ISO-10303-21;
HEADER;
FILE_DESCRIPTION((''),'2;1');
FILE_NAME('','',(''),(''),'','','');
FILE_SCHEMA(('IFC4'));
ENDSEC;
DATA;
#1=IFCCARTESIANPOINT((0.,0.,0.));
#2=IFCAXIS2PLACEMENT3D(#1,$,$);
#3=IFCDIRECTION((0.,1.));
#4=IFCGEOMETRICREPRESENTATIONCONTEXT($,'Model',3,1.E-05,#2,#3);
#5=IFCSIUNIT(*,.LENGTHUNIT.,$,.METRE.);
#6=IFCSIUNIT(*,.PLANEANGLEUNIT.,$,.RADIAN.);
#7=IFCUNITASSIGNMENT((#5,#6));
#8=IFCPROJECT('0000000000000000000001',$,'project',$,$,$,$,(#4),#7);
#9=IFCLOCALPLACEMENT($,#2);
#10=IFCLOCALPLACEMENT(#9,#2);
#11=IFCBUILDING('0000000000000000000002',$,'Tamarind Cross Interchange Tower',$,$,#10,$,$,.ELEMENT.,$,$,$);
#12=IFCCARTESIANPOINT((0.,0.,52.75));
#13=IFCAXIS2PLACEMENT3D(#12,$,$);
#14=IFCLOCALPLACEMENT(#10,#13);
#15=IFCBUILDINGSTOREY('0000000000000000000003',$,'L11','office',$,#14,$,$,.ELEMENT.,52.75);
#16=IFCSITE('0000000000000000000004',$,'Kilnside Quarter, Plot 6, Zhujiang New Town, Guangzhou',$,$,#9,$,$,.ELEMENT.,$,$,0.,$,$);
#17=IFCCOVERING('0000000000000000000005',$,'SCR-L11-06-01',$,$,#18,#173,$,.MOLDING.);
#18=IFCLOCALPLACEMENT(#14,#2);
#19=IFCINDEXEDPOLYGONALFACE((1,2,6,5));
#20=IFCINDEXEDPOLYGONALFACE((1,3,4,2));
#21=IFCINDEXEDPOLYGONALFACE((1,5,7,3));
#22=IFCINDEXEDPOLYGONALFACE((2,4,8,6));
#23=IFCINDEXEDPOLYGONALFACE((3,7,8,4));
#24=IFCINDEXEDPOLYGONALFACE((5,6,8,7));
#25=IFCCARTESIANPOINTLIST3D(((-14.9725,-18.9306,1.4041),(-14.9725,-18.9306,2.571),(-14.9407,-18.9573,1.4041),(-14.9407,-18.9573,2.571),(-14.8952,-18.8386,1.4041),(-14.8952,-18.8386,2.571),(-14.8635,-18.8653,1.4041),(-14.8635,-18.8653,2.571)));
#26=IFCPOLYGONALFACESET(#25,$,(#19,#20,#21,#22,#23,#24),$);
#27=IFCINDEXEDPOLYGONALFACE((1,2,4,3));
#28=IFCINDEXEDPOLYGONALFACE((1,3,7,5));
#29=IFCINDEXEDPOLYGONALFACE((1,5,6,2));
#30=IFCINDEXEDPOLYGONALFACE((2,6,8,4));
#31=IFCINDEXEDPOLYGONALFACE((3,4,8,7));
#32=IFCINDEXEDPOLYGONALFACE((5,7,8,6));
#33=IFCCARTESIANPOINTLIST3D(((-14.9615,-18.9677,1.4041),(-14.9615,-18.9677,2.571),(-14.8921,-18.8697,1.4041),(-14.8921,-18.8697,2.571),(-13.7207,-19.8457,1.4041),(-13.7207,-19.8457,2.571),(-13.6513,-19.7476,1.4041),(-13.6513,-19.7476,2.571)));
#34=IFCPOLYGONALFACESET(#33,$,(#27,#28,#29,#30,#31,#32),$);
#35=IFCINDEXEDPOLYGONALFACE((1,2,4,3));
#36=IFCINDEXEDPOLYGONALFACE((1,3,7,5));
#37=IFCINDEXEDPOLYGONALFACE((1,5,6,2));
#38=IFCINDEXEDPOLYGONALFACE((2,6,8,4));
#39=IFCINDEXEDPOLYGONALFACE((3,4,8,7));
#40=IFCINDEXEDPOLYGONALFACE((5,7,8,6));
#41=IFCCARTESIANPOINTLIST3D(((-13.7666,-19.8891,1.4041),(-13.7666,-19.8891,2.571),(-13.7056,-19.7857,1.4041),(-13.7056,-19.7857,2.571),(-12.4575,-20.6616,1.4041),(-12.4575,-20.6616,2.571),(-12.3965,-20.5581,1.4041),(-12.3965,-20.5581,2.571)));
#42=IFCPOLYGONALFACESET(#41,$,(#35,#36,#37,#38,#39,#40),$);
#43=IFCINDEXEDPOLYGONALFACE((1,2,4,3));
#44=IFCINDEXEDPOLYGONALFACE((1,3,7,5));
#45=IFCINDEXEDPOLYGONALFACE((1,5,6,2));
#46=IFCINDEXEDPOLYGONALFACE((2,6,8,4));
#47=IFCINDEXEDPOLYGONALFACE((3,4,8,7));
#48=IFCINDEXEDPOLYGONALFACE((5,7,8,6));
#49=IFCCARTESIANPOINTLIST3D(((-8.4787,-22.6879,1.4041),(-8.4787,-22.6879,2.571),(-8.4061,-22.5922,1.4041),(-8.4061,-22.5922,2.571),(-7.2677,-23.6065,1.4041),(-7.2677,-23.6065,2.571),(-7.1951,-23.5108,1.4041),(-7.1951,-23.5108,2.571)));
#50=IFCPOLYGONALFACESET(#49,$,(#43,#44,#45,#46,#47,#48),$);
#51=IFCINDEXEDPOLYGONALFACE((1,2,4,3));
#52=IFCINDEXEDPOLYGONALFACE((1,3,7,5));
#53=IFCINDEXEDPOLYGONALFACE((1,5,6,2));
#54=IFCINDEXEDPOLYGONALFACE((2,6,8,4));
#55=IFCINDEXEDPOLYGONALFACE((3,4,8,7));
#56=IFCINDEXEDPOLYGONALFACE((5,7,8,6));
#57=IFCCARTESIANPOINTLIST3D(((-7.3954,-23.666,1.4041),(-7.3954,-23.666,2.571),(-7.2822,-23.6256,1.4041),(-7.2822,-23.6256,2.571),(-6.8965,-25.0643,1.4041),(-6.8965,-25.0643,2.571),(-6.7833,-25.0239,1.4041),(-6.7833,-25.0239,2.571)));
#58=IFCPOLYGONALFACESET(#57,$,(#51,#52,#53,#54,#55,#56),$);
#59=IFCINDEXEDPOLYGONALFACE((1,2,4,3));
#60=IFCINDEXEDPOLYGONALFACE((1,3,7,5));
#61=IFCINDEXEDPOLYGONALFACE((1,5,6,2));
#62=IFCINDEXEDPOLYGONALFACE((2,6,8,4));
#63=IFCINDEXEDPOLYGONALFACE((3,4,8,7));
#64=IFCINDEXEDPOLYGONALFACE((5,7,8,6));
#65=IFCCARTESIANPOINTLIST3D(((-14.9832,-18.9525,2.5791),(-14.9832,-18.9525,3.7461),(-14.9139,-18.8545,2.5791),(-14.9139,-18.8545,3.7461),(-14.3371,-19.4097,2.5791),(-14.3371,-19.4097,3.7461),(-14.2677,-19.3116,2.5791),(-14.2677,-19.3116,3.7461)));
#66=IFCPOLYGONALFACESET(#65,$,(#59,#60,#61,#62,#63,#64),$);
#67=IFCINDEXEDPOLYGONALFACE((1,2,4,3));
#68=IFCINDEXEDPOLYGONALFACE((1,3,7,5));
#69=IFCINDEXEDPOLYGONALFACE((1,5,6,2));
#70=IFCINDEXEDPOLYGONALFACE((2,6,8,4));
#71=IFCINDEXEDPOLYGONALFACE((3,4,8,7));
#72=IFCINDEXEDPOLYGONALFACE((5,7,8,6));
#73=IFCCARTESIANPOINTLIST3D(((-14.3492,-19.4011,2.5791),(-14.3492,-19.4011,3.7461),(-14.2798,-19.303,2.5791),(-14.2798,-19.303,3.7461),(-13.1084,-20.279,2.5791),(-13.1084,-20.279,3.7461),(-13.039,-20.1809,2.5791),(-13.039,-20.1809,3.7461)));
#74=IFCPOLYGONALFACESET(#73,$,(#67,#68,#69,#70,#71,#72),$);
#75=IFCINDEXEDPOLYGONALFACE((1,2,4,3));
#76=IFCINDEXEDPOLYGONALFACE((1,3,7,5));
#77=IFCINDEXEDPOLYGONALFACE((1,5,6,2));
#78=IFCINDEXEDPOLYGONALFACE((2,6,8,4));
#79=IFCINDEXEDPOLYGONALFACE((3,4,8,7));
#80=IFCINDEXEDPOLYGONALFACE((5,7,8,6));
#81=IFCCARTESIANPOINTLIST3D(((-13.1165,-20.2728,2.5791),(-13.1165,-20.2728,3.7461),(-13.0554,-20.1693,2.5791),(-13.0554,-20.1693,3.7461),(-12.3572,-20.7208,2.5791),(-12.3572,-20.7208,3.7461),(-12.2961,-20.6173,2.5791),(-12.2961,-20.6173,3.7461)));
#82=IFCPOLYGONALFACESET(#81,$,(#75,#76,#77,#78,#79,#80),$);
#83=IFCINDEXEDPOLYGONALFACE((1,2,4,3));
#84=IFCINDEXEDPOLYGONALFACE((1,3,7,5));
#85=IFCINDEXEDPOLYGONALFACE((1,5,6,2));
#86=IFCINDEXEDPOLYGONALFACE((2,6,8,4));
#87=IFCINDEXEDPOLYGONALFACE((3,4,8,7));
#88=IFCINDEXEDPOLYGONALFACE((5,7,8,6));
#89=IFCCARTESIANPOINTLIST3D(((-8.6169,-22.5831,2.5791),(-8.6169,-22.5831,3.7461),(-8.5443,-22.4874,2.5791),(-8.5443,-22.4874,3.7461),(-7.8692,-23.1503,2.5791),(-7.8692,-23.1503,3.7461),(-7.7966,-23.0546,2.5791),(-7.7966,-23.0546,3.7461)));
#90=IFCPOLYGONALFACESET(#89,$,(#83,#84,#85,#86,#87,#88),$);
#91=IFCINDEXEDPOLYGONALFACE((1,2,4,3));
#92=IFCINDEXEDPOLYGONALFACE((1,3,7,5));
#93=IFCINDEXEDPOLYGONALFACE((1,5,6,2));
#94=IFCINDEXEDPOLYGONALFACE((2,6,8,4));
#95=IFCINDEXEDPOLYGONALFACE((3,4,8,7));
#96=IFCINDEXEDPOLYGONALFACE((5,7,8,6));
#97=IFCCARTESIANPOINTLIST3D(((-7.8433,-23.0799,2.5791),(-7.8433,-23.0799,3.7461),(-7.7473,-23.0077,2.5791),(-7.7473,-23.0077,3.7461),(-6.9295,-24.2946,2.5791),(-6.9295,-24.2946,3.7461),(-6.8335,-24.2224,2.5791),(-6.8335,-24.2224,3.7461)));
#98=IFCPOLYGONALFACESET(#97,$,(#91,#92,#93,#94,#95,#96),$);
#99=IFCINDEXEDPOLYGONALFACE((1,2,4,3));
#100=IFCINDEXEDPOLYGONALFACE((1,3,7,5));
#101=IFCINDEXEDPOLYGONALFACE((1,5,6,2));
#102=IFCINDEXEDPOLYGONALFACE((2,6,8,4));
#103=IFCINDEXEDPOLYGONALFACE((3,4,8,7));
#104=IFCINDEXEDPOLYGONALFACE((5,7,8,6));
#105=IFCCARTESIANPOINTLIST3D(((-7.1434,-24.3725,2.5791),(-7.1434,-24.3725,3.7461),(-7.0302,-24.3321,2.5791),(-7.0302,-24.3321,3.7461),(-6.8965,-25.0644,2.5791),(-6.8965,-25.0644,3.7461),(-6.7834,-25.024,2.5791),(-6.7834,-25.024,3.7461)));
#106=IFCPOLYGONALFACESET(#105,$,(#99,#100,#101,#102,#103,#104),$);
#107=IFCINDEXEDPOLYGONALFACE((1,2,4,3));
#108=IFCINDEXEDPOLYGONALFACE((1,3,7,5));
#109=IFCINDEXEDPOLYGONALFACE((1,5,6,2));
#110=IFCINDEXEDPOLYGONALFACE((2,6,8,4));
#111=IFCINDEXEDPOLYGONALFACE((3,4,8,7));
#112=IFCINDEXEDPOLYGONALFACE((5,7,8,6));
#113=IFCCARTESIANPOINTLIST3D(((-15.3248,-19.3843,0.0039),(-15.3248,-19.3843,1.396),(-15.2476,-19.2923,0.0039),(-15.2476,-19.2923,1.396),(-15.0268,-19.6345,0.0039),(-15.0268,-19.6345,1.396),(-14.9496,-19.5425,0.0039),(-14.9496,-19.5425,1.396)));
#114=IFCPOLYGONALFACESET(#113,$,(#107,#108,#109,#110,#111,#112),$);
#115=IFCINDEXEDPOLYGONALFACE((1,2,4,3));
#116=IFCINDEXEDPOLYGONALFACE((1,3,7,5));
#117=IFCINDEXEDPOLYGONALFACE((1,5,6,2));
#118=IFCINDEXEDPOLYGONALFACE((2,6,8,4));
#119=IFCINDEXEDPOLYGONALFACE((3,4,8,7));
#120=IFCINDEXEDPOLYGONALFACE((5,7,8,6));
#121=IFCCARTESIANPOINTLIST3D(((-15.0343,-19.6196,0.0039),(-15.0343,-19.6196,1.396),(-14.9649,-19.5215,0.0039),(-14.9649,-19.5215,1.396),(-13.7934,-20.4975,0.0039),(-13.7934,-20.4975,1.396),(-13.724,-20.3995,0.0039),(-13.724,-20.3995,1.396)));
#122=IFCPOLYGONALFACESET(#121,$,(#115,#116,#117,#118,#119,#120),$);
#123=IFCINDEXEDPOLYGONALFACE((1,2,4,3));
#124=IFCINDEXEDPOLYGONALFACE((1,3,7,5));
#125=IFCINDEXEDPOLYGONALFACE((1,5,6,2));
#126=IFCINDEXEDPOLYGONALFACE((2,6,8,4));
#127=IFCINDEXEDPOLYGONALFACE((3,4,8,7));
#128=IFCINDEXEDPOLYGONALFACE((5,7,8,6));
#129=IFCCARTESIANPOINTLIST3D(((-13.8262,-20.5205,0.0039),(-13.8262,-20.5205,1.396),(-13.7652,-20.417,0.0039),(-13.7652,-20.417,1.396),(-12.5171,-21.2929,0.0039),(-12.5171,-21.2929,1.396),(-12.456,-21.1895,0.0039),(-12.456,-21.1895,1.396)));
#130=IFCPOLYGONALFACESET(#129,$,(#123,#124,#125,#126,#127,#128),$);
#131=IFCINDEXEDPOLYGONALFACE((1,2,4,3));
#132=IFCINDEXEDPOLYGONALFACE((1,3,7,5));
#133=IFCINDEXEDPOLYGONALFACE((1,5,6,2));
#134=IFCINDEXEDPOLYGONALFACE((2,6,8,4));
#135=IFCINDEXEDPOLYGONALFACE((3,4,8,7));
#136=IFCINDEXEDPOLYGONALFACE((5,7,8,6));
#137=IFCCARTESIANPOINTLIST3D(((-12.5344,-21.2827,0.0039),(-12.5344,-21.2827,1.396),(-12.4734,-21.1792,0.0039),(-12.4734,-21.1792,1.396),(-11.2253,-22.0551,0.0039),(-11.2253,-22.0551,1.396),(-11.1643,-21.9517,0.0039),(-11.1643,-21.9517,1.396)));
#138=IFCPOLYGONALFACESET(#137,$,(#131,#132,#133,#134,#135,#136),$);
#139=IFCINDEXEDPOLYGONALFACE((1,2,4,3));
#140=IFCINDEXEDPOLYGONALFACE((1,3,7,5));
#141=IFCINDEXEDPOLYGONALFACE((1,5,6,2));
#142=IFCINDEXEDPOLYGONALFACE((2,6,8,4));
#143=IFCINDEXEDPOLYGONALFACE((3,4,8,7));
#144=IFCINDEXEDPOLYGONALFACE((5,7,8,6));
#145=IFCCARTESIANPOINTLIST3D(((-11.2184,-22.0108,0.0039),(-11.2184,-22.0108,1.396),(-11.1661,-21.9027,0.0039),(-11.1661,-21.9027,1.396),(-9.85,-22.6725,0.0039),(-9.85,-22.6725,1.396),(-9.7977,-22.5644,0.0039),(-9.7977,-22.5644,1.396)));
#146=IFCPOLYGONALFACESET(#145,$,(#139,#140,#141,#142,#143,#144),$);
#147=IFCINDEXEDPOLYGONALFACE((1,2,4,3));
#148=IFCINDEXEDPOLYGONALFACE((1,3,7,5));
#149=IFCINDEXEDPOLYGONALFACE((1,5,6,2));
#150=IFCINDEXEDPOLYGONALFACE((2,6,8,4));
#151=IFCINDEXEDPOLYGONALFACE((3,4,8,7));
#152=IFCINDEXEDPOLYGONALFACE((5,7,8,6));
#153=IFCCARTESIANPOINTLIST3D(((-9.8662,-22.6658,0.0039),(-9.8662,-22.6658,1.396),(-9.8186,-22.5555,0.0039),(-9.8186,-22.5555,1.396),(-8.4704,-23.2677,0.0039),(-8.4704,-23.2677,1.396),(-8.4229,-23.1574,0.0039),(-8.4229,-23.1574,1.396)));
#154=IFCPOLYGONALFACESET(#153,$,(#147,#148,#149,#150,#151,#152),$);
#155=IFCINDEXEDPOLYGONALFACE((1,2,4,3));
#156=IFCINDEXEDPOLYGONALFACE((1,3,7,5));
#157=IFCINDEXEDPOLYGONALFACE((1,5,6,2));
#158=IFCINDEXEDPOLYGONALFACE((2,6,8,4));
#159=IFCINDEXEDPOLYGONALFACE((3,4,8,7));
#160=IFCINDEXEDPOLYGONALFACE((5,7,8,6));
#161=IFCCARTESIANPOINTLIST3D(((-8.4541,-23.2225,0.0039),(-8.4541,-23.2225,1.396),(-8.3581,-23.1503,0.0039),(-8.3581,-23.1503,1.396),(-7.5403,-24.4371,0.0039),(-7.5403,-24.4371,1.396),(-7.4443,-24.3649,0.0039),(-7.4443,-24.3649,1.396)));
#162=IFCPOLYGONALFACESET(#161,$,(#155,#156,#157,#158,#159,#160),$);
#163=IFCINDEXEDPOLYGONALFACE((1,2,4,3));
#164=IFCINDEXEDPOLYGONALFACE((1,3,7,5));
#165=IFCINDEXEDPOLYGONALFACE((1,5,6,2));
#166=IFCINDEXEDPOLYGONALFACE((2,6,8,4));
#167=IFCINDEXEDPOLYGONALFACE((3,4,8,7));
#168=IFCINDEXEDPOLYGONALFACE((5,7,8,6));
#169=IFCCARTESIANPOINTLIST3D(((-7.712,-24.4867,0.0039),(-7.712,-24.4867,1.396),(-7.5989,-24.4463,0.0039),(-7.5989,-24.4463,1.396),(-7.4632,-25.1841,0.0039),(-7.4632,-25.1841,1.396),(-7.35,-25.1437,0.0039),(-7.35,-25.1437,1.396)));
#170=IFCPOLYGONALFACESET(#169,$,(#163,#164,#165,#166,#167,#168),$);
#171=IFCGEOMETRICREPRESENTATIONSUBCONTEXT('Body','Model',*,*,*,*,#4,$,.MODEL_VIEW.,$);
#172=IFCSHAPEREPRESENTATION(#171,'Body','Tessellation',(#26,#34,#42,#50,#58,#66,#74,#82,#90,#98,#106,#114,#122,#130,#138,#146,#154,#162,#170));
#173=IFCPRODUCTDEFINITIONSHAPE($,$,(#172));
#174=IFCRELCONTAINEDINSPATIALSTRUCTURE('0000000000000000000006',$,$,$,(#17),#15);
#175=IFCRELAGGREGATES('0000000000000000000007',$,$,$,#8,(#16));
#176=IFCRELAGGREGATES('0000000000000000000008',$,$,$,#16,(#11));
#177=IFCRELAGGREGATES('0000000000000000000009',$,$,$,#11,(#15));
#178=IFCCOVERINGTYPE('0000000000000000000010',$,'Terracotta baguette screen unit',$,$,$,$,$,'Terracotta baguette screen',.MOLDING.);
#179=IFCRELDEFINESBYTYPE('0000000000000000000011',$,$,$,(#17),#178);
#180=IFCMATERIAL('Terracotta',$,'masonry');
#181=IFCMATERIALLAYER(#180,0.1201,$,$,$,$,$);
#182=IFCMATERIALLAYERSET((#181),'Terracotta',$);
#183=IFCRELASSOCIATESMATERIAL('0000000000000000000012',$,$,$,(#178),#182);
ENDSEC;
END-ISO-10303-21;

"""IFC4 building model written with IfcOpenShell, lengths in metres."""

from ifc_helpers import new_model, si_unit, direction, frame, origin, origin_2d, place, context, subcontext, project, spatial, rectangle, extrude, material, layer, layer_set, type_object, element, save


model = new_model("IFC4")

# Units and contexts
model_context = context("Model", 3, precision=1e-05, world=origin(), true_north=direction((0.0, 1.0)))
body_context = subcontext(model_context, "Body", "Model", "MODEL_VIEW")
ifc_project = project(units=[si_unit("LENGTHUNIT", "METRE"), si_unit("PLANEANGLEUNIT", "RADIAN")], contexts=[model_context])

# Site, building, storey
site_placement = place(None, origin())
site = spatial("IfcSite", under=ifc_project, at=site_placement, Name="Kilnside Quarter, Plot 6, Zhujiang New Town, Guangzhou", CompositionType="ELEMENT", RefElevation=0.0)
building_placement = place(site_placement, origin())
building = spatial("IfcBuilding", under=site, at=building_placement, Name="Tamarind Cross Interchange Tower", CompositionType="ELEMENT")
storey_placement = place(building_placement, frame((0.0, 0.0, 52.75)))
storey = spatial("IfcBuildingStorey", under=building, at=storey_placement, Name="L11", Description="office", CompositionType="ELEMENT", Elevation=52.75)

# Covering
ifc_material_1 = material(Name="Terracotta", Category="masonry")
ifc_layer_1 = layer(ifc_material_1, 0.1201)
ifc_layer_set_1 = layer_set([ifc_layer_1], Name="Terracotta")
covering_type = type_object("IfcCoveringType", Name="Terracotta baguette screen unit", ElementType="Terracotta baguette screen", PredefinedType="MOLDING", material=ifc_layer_set_1)
covering_1_placement = place(storey_placement, origin())
element("IfcCovering", 1, at=covering_1_placement, inside=storey, type_object=covering_type, Name="SCR-L11-06-01", PredefinedType="MOLDING", context=body_context, shape_type="SweptSolid", body=[
    extrude(rectangle(XDim=0.0415, YDim=0.1201, at=origin_2d()), frame((-14.918, -18.8979, 1.4041), z_axis=(0.0, 0.0, 1.0), x_axis=(0.765858, -0.643009, 0.0)), (0.0, 0.0, 1.0), 1.167),
    extrude(rectangle(XDim=1.52, YDim=0.1201, at=origin_2d()), frame((-14.3064, -19.3577, 1.4041), z_axis=(0.0, 0.0, 1.0), x_axis=(0.816342, -0.577569, 0.0)), (0.0, 0.0, 1.0), 1.167),
    extrude(rectangle(XDim=1.52, YDim=0.1201, at=origin_2d()), frame((-13.0815, -20.2236, 1.4041), z_axis=(0.0, 0.0, 1.0), x_axis=(0.861249, -0.508183, 0.0)), (0.0, 0.0, 1.0), 1.167),
    extrude(rectangle(XDim=1.52, YDim=0.1201, at=origin_2d()), frame((-7.8369, -23.0994, 1.4041), z_axis=(0.0, 0.0, 1.0), x_axis=(0.796732, -0.604333, 0.0)), (0.0, 0.0, 1.0), 1.167),
    extrude(rectangle(XDim=1.4846, YDim=0.1201, at=origin_2d()), frame((-7.0894, -24.345, 1.4041), z_axis=(0.0, 0.0, 1.0), x_axis=(0.336051, -0.941844, 0.0)), (0.0, 0.0, 1.0), 1.167),
    extrude(rectangle(XDim=0.7915, YDim=0.1201, at=origin_2d()), frame((-14.6255, -19.1321, 2.5791), z_axis=(0.0, 0.0, 1.0), x_axis=(0.816342, -0.577569, 0.0)), (0.0, 0.0, 1.0), 1.167),
    extrude(rectangle(XDim=1.52, YDim=0.1201, at=origin_2d()), frame((-13.6941, -19.791, 2.5791), z_axis=(0.0, 0.0, 1.0), x_axis=(0.816342, -0.577569, 0.0)), (0.0, 0.0, 1.0), 1.167),
    extrude(rectangle(XDim=0.8816, YDim=0.1201, at=origin_2d()), frame((-12.7063, -20.4451, 2.5791), z_axis=(0.0, 0.0, 1.0), x_axis=(0.861249, -0.508183, 0.0)), (0.0, 0.0, 1.0), 1.167),
    extrude(rectangle(XDim=0.9385, YDim=0.1201, at=origin_2d()), frame((-8.2068, -22.8188, 2.5791), z_axis=(0.0, 0.0, 1.0), x_axis=(0.796732, -0.604333, 0.0)), (0.0, 0.0, 1.0), 1.167),
    extrude(rectangle(XDim=1.52, YDim=0.1201, at=origin_2d()), frame((-7.3384, -23.6511, 2.5791), z_axis=(0.0, 0.0, 1.0), x_axis=(0.601175, -0.799117, 0.0)), (0.0, 0.0, 1.0), 1.167),
    extrude(rectangle(XDim=0.7346, YDim=0.1201, at=origin_2d()), frame((-6.9634, -24.6982, 2.5791), z_axis=(0.0, 0.0, 1.0), x_axis=(0.336051, -0.941844, 0.0)), (0.0, 0.0, 1.0), 1.167),
    extrude(rectangle(XDim=0.3892, YDim=0.1201, at=origin_2d()), frame((-15.1372, -19.4634, 0.0039), z_axis=(0.0, 0.0, 1.0), x_axis=(0.765858, -0.643009, 0.0)), (0.0, 0.0, 1.0), 1.3921),
    extrude(rectangle(XDim=1.52, YDim=0.1201, at=origin_2d()), frame((-14.3792, -20.0095, 0.0039), z_axis=(0.0, 0.0, 1.0), x_axis=(0.816342, -0.577569, 0.0)), (0.0, 0.0, 1.0), 1.3921),
    extrude(rectangle(XDim=1.52, YDim=0.1201, at=origin_2d()), frame((-13.1411, -20.855, 0.0039), z_axis=(0.0, 0.0, 1.0), x_axis=(0.861249, -0.508183, 0.0)), (0.0, 0.0, 1.0), 1.3921),
    extrude(rectangle(XDim=1.52, YDim=0.1201, at=origin_2d()), frame((-11.8494, -21.6172, 0.0039), z_axis=(0.0, 0.0, 1.0), x_axis=(0.861249, -0.508183, 0.0)), (0.0, 0.0, 1.0), 1.3921),
    extrude(rectangle(XDim=1.52, YDim=0.1201, at=origin_2d()), frame((-10.5081, -22.2876, 0.0039), z_axis=(0.0, 0.0, 1.0), x_axis=(0.900273, -0.435326, 0.0)), (0.0, 0.0, 1.0), 1.3921),
    extrude(rectangle(XDim=1.52, YDim=0.1201, at=origin_2d()), frame((-9.1445, -22.9116, 0.0039), z_axis=(0.0, 0.0, 1.0), x_axis=(0.918264, -0.395969, 0.0)), (0.0, 0.0, 1.0), 1.3921),
    extrude(rectangle(XDim=1.52, YDim=0.1201, at=origin_2d()), frame((-7.9492, -23.7937, 0.0039), z_axis=(0.0, 0.0, 1.0), x_axis=(0.601175, -0.799117, 0.0)), (0.0, 0.0, 1.0), 1.3921),
    extrude(rectangle(XDim=0.7405, YDim=0.1201, at=origin_2d()), frame((-7.531, -24.8152, 0.0039), z_axis=(0.0, 0.0, 1.0), x_axis=(0.336051, -0.941844, 0.0)), (0.0, 0.0, 1.0), 1.3921),
])

save(model, "model.ifc")
